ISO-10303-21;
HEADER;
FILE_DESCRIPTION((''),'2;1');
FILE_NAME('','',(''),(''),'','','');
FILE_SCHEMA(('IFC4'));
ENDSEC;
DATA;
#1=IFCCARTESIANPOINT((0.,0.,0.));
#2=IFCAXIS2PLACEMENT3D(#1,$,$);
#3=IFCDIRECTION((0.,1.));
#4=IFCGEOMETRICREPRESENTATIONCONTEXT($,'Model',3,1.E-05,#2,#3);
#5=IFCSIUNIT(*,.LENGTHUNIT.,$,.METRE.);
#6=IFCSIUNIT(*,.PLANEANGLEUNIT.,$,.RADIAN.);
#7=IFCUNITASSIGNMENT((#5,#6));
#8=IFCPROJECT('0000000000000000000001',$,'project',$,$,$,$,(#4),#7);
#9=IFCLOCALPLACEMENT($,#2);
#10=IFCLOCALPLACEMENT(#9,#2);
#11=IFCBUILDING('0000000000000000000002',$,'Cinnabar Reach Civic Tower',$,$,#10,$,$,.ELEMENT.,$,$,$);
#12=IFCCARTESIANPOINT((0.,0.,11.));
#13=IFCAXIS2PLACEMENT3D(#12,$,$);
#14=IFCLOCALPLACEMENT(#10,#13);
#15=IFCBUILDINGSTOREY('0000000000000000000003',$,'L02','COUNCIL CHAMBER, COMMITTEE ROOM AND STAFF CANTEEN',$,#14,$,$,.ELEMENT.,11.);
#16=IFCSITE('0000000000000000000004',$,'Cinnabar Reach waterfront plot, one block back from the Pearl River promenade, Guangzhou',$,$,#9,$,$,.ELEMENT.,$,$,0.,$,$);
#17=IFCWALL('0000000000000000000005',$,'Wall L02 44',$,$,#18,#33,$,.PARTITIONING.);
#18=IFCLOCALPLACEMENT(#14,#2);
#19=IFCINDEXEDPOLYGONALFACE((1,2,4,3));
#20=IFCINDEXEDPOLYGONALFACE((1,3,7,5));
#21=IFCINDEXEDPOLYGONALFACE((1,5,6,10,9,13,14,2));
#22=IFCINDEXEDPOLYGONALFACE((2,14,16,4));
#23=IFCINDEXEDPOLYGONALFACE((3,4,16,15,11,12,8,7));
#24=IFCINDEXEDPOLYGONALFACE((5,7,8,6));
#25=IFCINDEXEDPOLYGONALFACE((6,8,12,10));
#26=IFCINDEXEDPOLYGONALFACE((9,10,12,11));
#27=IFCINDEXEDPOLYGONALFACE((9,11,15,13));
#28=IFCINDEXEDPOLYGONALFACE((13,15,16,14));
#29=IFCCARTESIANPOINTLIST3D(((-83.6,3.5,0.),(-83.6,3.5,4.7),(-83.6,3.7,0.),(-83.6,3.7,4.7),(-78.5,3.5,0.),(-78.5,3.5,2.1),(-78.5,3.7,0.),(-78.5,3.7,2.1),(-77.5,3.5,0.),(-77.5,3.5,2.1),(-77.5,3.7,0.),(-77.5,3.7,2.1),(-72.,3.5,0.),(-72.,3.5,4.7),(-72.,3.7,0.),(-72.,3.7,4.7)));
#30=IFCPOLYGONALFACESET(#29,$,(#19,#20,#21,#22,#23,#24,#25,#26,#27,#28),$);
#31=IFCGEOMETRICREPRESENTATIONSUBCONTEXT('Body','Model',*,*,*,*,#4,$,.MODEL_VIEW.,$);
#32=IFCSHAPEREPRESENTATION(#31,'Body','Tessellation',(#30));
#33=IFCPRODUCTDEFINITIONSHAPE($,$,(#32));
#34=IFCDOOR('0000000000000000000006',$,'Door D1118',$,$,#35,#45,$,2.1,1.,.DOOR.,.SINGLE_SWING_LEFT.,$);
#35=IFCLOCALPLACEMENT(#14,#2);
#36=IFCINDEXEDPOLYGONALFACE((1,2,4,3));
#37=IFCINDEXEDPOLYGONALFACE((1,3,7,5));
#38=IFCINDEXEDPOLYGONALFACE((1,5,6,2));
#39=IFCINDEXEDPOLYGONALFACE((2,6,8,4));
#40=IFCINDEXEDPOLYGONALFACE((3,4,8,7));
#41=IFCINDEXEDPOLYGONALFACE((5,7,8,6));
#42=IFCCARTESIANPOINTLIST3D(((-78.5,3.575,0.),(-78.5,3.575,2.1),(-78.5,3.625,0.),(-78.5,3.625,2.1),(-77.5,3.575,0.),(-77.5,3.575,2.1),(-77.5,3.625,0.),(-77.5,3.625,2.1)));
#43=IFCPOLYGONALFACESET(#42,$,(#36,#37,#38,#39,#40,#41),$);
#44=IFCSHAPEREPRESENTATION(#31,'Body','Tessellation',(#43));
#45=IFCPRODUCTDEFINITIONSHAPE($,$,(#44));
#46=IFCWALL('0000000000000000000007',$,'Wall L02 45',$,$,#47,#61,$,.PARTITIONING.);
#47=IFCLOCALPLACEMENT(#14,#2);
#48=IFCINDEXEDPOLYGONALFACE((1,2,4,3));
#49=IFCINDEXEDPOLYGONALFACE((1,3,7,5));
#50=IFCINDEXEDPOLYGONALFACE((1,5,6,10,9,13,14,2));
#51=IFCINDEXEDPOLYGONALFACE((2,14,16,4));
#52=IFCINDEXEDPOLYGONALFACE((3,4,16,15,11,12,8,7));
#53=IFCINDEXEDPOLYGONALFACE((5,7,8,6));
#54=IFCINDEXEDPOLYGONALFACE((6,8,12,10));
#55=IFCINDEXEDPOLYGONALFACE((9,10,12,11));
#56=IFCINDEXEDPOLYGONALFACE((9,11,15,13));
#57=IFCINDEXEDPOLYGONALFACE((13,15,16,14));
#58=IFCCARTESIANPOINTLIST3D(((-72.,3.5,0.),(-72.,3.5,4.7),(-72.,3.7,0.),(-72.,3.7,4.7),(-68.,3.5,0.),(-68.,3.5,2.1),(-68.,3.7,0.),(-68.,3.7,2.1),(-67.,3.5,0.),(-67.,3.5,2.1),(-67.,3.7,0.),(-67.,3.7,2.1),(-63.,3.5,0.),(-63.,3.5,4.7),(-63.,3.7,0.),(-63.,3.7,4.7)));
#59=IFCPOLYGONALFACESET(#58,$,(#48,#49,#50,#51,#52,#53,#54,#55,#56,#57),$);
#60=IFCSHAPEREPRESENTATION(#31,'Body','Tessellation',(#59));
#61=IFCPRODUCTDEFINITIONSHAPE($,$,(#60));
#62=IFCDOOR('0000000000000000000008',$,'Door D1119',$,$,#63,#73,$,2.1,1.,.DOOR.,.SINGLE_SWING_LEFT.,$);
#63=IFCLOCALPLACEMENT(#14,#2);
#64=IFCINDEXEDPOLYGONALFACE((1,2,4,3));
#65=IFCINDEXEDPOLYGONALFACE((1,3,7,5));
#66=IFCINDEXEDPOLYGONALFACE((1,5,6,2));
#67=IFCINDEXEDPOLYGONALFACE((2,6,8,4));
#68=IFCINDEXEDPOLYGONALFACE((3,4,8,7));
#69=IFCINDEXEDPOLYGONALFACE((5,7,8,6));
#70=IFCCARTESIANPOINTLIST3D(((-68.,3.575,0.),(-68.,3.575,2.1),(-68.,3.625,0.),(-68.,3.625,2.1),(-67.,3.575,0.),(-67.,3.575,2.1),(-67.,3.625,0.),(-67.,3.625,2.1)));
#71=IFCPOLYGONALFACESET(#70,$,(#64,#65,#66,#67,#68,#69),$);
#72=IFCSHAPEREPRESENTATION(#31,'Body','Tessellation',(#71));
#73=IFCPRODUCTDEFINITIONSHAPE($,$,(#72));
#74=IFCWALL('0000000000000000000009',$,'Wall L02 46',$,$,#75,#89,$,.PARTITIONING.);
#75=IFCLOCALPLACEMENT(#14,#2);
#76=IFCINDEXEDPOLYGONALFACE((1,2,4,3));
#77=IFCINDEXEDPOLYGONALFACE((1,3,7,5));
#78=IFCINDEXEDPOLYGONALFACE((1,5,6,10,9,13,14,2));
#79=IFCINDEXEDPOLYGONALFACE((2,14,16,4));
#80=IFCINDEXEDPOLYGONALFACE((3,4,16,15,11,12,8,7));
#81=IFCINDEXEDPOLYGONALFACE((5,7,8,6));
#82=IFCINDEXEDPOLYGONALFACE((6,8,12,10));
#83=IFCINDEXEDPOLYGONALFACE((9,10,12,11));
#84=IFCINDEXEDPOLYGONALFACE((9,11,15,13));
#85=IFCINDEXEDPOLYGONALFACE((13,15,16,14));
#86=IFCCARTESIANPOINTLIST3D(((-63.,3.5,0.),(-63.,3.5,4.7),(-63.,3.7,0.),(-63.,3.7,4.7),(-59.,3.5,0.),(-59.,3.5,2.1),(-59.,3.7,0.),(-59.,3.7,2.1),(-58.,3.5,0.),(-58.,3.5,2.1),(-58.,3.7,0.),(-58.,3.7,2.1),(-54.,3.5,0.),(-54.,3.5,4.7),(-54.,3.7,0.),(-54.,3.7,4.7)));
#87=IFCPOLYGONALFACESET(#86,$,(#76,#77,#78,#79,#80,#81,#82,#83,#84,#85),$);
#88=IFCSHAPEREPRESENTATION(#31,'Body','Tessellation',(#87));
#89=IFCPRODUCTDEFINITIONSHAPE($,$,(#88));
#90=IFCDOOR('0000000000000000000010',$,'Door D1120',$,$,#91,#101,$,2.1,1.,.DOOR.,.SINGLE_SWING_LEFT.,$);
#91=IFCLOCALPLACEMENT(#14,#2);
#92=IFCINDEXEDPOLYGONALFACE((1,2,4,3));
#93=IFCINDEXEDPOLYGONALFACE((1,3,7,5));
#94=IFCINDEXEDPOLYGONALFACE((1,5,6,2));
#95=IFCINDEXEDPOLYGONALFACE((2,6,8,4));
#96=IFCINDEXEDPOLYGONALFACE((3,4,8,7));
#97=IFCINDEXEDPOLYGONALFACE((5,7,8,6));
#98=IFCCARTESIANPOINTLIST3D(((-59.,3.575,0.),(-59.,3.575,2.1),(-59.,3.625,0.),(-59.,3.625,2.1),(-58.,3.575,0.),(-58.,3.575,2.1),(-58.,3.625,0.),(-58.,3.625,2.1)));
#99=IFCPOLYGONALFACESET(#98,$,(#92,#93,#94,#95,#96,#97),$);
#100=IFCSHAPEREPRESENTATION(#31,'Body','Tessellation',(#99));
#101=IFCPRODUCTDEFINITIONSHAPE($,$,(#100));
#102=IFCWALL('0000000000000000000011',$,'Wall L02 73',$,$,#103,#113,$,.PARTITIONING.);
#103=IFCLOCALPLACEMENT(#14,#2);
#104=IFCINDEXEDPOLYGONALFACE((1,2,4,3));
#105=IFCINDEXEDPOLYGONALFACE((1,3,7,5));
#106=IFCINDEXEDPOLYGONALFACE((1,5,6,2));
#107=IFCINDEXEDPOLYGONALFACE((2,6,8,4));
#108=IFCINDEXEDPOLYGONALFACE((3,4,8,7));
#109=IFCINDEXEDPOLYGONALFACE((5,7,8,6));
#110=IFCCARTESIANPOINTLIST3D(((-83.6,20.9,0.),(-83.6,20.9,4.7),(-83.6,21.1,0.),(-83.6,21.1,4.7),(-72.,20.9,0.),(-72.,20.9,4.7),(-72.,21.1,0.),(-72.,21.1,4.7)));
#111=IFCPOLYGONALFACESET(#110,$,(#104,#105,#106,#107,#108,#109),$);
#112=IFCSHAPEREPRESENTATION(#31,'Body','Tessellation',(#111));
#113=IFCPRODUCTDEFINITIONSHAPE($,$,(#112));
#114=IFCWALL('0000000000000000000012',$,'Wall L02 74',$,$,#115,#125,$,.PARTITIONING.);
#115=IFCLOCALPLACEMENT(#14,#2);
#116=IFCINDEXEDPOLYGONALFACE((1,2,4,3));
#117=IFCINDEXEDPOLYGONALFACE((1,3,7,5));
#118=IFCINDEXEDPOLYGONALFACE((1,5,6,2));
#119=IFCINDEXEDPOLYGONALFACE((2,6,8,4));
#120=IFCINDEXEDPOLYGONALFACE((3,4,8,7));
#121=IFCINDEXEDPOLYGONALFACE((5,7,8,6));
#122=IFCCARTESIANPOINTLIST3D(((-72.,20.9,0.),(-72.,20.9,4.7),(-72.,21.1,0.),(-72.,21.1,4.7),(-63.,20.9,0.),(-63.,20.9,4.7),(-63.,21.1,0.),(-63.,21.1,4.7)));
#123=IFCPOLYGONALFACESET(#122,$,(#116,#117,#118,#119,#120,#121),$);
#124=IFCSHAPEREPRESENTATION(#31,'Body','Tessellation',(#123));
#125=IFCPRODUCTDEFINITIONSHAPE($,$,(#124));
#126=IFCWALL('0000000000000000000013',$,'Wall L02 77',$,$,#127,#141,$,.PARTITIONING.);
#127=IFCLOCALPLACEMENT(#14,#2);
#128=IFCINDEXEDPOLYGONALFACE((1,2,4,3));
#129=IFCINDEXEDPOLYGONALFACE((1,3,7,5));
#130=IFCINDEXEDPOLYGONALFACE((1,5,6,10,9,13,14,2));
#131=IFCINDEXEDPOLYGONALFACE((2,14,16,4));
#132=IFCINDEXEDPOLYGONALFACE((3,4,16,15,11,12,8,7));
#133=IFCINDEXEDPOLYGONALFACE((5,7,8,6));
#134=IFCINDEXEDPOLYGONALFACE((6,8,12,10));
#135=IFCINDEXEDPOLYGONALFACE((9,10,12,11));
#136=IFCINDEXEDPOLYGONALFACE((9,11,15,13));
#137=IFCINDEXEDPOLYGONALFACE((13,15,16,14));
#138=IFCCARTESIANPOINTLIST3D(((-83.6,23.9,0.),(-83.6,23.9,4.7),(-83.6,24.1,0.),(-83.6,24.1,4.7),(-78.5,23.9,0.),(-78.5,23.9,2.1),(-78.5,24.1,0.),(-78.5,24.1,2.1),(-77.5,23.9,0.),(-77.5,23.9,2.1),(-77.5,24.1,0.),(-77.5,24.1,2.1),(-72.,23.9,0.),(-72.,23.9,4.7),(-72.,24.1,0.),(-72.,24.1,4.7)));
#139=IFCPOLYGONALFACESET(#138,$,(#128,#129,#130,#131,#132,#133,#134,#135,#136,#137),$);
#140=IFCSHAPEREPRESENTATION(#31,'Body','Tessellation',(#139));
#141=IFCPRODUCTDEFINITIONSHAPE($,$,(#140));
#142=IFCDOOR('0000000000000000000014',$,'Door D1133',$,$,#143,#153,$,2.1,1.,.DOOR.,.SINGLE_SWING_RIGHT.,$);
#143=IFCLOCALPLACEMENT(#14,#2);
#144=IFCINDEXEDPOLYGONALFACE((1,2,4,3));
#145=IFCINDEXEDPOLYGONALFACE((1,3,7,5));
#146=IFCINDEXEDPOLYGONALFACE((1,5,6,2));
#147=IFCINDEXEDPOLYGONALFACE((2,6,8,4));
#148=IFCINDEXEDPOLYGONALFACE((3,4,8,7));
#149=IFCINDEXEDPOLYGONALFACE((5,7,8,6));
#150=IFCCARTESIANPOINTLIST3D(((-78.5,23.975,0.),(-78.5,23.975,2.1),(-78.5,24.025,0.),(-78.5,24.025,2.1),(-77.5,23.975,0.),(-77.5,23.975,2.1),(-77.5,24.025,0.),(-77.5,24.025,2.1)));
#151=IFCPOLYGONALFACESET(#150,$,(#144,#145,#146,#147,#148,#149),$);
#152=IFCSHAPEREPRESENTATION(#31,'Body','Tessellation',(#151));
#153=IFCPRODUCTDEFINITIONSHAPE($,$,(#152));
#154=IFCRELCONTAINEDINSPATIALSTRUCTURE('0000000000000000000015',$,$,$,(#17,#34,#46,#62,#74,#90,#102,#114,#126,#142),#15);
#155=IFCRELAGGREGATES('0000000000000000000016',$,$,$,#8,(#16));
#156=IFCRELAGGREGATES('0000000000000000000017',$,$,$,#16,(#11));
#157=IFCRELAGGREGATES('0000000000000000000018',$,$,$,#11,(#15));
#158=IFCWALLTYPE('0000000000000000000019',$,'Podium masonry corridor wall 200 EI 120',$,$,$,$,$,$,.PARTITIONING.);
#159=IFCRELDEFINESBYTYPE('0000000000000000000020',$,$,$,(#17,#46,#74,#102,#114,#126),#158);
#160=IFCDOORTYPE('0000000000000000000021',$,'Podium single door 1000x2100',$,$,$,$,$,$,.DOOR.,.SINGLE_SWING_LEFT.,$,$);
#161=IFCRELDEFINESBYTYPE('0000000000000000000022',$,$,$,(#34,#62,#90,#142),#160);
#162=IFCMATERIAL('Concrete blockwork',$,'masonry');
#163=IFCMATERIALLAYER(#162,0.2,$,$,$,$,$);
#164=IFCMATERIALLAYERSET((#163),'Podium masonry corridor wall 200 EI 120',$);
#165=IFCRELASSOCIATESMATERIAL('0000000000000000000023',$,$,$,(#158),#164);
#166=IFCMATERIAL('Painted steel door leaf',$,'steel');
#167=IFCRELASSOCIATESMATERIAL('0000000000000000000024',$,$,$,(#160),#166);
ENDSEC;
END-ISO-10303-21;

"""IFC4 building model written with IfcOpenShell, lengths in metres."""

from ifc_helpers import new_model, si_unit, direction, frame, frame_2d, origin, place, context, subcontext, project, spatial, rectangle, extrude, material, layer, layer_set, type_object, element, fill, save


model = new_model("IFC4")

# Units and contexts
model_context = context("Model", 3, precision=1e-05, world=origin(), true_north=direction((0.0, 1.0)))
body_context = subcontext(model_context, "Body", "Model", "MODEL_VIEW")
ifc_project = project(units=[si_unit("LENGTHUNIT", "METRE"), si_unit("PLANEANGLEUNIT", "RADIAN")], contexts=[model_context])

# Site, building, storey
site_placement = place(None, origin())
site = spatial("IfcSite", under=ifc_project, at=site_placement, Name="Cinnabar Reach waterfront plot, one block back from the Pearl River promenade, Guangzhou", CompositionType="ELEMENT", RefElevation=0.0)
building_placement = place(site_placement, origin())
building = spatial("IfcBuilding", under=site, at=building_placement, Name="Cinnabar Reach Civic Tower", CompositionType="ELEMENT")
storey_placement = place(building_placement, frame((0.0, 0.0, 11.0)))
storey = spatial("IfcBuildingStorey", under=building, at=storey_placement, Name="L02", Description="COUNCIL CHAMBER, COMMITTEE ROOM AND STAFF CANTEEN", CompositionType="ELEMENT", Elevation=11.0)

# Walls, openings, doors
ifc_material_1 = material(Name="Concrete blockwork", Category="masonry")
ifc_layer_1 = layer(ifc_material_1, 0.2)
ifc_layer_set_1 = layer_set([ifc_layer_1], Name="Podium masonry corridor wall 200 EI 120")
wall_type_1 = type_object("IfcWallType", Name="Podium masonry corridor wall 200 EI 120", PredefinedType="PARTITIONING", material=ifc_layer_set_1)
ifc_material_2 = material(Name="Painted steel door leaf", Category="steel")
door_type = type_object("IfcDoorType", Name="Podium single door 1000x2100", OperationType="SINGLE_SWING_LEFT", PredefinedType="DOOR", material=ifc_material_2)
wall_1_placement = place(storey_placement, frame((-83.6, 3.6, 0.0), z_axis=(0.0, 0.0, 1.0), x_axis=(1.0, 0.0, 0.0)))
wall_1 = element("IfcWall", 1, at=wall_1_placement, inside=storey, type_object=wall_type_1, Name="Wall L02 44", PredefinedType="PARTITIONING", context=body_context, shape_type="SweptSolid", body=[
    extrude(rectangle(XDim=11.6, YDim=0.2, at=frame_2d((5.8, 0.0))), origin(), (0.0, 0.0, 1.0), 4.7),
])
opening_1_placement = place(wall_1_placement, frame((5.1, 0.0, 0.0)))
opening_1 = element("IfcOpeningElement", 2, at=opening_1_placement, cuts=wall_1, PredefinedType="OPENING", context=body_context, shape_type="SweptSolid", body=[
    extrude(rectangle(XDim=1.0, YDim=2.1, at=frame_2d((0.5, 1.05))), frame((0.0, 0.11, 0.0), z_axis=(0.0, -1.0, 0.0), x_axis=(1.0, 0.0, 0.0)), (0.0, 0.0, 1.0), 0.22),
])
door_1_placement = place(opening_1_placement, origin())
door_1 = element("IfcDoor", 3, at=door_1_placement, inside=storey, type_object=door_type, Name="Door D1118", OperationType="SINGLE_SWING_LEFT", OverallHeight=2.1, OverallWidth=1.0, PredefinedType="DOOR", context=body_context, shape_type="SweptSolid", body=[
    extrude(rectangle(XDim=1.0, YDim=2.1, at=frame_2d((0.5, 1.05))), frame((0.0, 0.025, 0.0), z_axis=(0.0, -1.0, 0.0), x_axis=(1.0, 0.0, 0.0)), (0.0, 0.0, 1.0), 0.05),
])
fill(opening_1, door_1)
wall_2_placement = place(storey_placement, frame((-72.0, 3.6, 0.0), z_axis=(0.0, 0.0, 1.0), x_axis=(1.0, 0.0, 0.0)))
wall_2 = element("IfcWall", 4, at=wall_2_placement, inside=storey, type_object=wall_type_1, Name="Wall L02 45", PredefinedType="PARTITIONING", context=body_context, shape_type="SweptSolid", body=[
    extrude(rectangle(XDim=9.0, YDim=0.2, at=frame_2d((4.5, 0.0))), origin(), (0.0, 0.0, 1.0), 4.7),
])
opening_2_placement = place(wall_2_placement, frame((4.0, 0.0, 0.0)))
opening_2 = element("IfcOpeningElement", 5, at=opening_2_placement, cuts=wall_2, PredefinedType="OPENING", context=body_context, shape_type="SweptSolid", body=[
    extrude(rectangle(XDim=1.0, YDim=2.1, at=frame_2d((0.5, 1.05))), frame((0.0, 0.11, 0.0), z_axis=(0.0, -1.0, 0.0), x_axis=(1.0, 0.0, 0.0)), (0.0, 0.0, 1.0), 0.22),
])
door_2_placement = place(opening_2_placement, origin())
door_2 = element("IfcDoor", 6, at=door_2_placement, inside=storey, type_object=door_type, Name="Door D1119", OperationType="SINGLE_SWING_LEFT", OverallHeight=2.1, OverallWidth=1.0, PredefinedType="DOOR", context=body_context, shape_type="SweptSolid", body=[
    extrude(rectangle(XDim=1.0, YDim=2.1, at=frame_2d((0.5, 1.05))), frame((0.0, 0.025, 0.0), z_axis=(0.0, -1.0, 0.0), x_axis=(1.0, 0.0, 0.0)), (0.0, 0.0, 1.0), 0.05),
])
fill(opening_2, door_2)
wall_3_placement = place(storey_placement, frame((-63.0, 3.6, 0.0), z_axis=(0.0, 0.0, 1.0), x_axis=(1.0, 0.0, 0.0)))
wall_3 = element("IfcWall", 7, at=wall_3_placement, inside=storey, type_object=wall_type_1, Name="Wall L02 46", PredefinedType="PARTITIONING", context=body_context, shape_type="SweptSolid", body=[
    extrude(rectangle(XDim=9.0, YDim=0.2, at=frame_2d((4.5, 0.0))), origin(), (0.0, 0.0, 1.0), 4.7),
])
opening_3_placement = place(wall_3_placement, frame((4.0, 0.0, 0.0)))
opening_3 = element("IfcOpeningElement", 8, at=opening_3_placement, cuts=wall_3, PredefinedType="OPENING", context=body_context, shape_type="SweptSolid", body=[
    extrude(rectangle(XDim=1.0, YDim=2.1, at=frame_2d((0.5, 1.05))), frame((0.0, 0.11, 0.0), z_axis=(0.0, -1.0, 0.0), x_axis=(1.0, 0.0, 0.0)), (0.0, 0.0, 1.0), 0.22),
])
door_3_placement = place(opening_3_placement, origin())
door_3 = element("IfcDoor", 9, at=door_3_placement, inside=storey, type_object=door_type, Name="Door D1120", OperationType="SINGLE_SWING_LEFT", OverallHeight=2.1, OverallWidth=1.0, PredefinedType="DOOR", context=body_context, shape_type="SweptSolid", body=[
    extrude(rectangle(XDim=1.0, YDim=2.1, at=frame_2d((0.5, 1.05))), frame((0.0, 0.025, 0.0), z_axis=(0.0, -1.0, 0.0), x_axis=(1.0, 0.0, 0.0)), (0.0, 0.0, 1.0), 0.05),
])
fill(opening_3, door_3)

# Walls
wall_4_placement = place(storey_placement, frame((-83.6, 21.0, 0.0), z_axis=(0.0, 0.0, 1.0), x_axis=(1.0, 0.0, 0.0)))
element("IfcWall", 10, at=wall_4_placement, inside=storey, type_object=wall_type_1, Name="Wall L02 73", PredefinedType="PARTITIONING", context=body_context, shape_type="SweptSolid", body=[
    extrude(rectangle(XDim=11.6, YDim=0.2, at=frame_2d((5.8, 0.0))), origin(), (0.0, 0.0, 1.0), 4.7),
])
wall_5_placement = place(storey_placement, frame((-72.0, 21.0, 0.0), z_axis=(0.0, 0.0, 1.0), x_axis=(1.0, 0.0, 0.0)))
element("IfcWall", 11, at=wall_5_placement, inside=storey, type_object=wall_type_1, Name="Wall L02 74", PredefinedType="PARTITIONING", context=body_context, shape_type="SweptSolid", body=[
    extrude(rectangle(XDim=9.0, YDim=0.2, at=frame_2d((4.5, 0.0))), origin(), (0.0, 0.0, 1.0), 4.7),
])

# Wall, opening, door
wall_6_placement = place(storey_placement, frame((-83.6, 24.0, 0.0), z_axis=(0.0, 0.0, 1.0), x_axis=(1.0, 0.0, 0.0)))
wall_6 = element("IfcWall", 12, at=wall_6_placement, inside=storey, type_object=wall_type_1, Name="Wall L02 77", PredefinedType="PARTITIONING", context=body_context, shape_type="SweptSolid", body=[
    extrude(rectangle(XDim=11.6, YDim=0.2, at=frame_2d((5.8, 0.0))), origin(), (0.0, 0.0, 1.0), 4.7),
])
opening_4_placement = place(wall_6_placement, frame((5.1, 0.0, 0.0)))
opening_4 = element("IfcOpeningElement", 13, at=opening_4_placement, cuts=wall_6, PredefinedType="OPENING", context=body_context, shape_type="SweptSolid", body=[
    extrude(rectangle(XDim=1.0, YDim=2.1, at=frame_2d((0.5, 1.05))), frame((0.0, 0.11, 0.0), z_axis=(0.0, -1.0, 0.0), x_axis=(1.0, 0.0, 0.0)), (0.0, 0.0, 1.0), 0.22),
])
door_4_placement = place(opening_4_placement, origin())
door_4 = element("IfcDoor", 14, at=door_4_placement, inside=storey, type_object=door_type, Name="Door D1133", OperationType="SINGLE_SWING_RIGHT", OverallHeight=2.1, OverallWidth=1.0, PredefinedType="DOOR", context=body_context, shape_type="SweptSolid", body=[
    extrude(rectangle(XDim=1.0, YDim=2.1, at=frame_2d((0.5, 1.05))), frame((0.0, 0.025, 0.0), z_axis=(0.0, -1.0, 0.0), x_axis=(1.0, 0.0, 0.0)), (0.0, 0.0, 1.0), 0.05),
])
fill(opening_4, door_4)

save(model, "model.ifc")
